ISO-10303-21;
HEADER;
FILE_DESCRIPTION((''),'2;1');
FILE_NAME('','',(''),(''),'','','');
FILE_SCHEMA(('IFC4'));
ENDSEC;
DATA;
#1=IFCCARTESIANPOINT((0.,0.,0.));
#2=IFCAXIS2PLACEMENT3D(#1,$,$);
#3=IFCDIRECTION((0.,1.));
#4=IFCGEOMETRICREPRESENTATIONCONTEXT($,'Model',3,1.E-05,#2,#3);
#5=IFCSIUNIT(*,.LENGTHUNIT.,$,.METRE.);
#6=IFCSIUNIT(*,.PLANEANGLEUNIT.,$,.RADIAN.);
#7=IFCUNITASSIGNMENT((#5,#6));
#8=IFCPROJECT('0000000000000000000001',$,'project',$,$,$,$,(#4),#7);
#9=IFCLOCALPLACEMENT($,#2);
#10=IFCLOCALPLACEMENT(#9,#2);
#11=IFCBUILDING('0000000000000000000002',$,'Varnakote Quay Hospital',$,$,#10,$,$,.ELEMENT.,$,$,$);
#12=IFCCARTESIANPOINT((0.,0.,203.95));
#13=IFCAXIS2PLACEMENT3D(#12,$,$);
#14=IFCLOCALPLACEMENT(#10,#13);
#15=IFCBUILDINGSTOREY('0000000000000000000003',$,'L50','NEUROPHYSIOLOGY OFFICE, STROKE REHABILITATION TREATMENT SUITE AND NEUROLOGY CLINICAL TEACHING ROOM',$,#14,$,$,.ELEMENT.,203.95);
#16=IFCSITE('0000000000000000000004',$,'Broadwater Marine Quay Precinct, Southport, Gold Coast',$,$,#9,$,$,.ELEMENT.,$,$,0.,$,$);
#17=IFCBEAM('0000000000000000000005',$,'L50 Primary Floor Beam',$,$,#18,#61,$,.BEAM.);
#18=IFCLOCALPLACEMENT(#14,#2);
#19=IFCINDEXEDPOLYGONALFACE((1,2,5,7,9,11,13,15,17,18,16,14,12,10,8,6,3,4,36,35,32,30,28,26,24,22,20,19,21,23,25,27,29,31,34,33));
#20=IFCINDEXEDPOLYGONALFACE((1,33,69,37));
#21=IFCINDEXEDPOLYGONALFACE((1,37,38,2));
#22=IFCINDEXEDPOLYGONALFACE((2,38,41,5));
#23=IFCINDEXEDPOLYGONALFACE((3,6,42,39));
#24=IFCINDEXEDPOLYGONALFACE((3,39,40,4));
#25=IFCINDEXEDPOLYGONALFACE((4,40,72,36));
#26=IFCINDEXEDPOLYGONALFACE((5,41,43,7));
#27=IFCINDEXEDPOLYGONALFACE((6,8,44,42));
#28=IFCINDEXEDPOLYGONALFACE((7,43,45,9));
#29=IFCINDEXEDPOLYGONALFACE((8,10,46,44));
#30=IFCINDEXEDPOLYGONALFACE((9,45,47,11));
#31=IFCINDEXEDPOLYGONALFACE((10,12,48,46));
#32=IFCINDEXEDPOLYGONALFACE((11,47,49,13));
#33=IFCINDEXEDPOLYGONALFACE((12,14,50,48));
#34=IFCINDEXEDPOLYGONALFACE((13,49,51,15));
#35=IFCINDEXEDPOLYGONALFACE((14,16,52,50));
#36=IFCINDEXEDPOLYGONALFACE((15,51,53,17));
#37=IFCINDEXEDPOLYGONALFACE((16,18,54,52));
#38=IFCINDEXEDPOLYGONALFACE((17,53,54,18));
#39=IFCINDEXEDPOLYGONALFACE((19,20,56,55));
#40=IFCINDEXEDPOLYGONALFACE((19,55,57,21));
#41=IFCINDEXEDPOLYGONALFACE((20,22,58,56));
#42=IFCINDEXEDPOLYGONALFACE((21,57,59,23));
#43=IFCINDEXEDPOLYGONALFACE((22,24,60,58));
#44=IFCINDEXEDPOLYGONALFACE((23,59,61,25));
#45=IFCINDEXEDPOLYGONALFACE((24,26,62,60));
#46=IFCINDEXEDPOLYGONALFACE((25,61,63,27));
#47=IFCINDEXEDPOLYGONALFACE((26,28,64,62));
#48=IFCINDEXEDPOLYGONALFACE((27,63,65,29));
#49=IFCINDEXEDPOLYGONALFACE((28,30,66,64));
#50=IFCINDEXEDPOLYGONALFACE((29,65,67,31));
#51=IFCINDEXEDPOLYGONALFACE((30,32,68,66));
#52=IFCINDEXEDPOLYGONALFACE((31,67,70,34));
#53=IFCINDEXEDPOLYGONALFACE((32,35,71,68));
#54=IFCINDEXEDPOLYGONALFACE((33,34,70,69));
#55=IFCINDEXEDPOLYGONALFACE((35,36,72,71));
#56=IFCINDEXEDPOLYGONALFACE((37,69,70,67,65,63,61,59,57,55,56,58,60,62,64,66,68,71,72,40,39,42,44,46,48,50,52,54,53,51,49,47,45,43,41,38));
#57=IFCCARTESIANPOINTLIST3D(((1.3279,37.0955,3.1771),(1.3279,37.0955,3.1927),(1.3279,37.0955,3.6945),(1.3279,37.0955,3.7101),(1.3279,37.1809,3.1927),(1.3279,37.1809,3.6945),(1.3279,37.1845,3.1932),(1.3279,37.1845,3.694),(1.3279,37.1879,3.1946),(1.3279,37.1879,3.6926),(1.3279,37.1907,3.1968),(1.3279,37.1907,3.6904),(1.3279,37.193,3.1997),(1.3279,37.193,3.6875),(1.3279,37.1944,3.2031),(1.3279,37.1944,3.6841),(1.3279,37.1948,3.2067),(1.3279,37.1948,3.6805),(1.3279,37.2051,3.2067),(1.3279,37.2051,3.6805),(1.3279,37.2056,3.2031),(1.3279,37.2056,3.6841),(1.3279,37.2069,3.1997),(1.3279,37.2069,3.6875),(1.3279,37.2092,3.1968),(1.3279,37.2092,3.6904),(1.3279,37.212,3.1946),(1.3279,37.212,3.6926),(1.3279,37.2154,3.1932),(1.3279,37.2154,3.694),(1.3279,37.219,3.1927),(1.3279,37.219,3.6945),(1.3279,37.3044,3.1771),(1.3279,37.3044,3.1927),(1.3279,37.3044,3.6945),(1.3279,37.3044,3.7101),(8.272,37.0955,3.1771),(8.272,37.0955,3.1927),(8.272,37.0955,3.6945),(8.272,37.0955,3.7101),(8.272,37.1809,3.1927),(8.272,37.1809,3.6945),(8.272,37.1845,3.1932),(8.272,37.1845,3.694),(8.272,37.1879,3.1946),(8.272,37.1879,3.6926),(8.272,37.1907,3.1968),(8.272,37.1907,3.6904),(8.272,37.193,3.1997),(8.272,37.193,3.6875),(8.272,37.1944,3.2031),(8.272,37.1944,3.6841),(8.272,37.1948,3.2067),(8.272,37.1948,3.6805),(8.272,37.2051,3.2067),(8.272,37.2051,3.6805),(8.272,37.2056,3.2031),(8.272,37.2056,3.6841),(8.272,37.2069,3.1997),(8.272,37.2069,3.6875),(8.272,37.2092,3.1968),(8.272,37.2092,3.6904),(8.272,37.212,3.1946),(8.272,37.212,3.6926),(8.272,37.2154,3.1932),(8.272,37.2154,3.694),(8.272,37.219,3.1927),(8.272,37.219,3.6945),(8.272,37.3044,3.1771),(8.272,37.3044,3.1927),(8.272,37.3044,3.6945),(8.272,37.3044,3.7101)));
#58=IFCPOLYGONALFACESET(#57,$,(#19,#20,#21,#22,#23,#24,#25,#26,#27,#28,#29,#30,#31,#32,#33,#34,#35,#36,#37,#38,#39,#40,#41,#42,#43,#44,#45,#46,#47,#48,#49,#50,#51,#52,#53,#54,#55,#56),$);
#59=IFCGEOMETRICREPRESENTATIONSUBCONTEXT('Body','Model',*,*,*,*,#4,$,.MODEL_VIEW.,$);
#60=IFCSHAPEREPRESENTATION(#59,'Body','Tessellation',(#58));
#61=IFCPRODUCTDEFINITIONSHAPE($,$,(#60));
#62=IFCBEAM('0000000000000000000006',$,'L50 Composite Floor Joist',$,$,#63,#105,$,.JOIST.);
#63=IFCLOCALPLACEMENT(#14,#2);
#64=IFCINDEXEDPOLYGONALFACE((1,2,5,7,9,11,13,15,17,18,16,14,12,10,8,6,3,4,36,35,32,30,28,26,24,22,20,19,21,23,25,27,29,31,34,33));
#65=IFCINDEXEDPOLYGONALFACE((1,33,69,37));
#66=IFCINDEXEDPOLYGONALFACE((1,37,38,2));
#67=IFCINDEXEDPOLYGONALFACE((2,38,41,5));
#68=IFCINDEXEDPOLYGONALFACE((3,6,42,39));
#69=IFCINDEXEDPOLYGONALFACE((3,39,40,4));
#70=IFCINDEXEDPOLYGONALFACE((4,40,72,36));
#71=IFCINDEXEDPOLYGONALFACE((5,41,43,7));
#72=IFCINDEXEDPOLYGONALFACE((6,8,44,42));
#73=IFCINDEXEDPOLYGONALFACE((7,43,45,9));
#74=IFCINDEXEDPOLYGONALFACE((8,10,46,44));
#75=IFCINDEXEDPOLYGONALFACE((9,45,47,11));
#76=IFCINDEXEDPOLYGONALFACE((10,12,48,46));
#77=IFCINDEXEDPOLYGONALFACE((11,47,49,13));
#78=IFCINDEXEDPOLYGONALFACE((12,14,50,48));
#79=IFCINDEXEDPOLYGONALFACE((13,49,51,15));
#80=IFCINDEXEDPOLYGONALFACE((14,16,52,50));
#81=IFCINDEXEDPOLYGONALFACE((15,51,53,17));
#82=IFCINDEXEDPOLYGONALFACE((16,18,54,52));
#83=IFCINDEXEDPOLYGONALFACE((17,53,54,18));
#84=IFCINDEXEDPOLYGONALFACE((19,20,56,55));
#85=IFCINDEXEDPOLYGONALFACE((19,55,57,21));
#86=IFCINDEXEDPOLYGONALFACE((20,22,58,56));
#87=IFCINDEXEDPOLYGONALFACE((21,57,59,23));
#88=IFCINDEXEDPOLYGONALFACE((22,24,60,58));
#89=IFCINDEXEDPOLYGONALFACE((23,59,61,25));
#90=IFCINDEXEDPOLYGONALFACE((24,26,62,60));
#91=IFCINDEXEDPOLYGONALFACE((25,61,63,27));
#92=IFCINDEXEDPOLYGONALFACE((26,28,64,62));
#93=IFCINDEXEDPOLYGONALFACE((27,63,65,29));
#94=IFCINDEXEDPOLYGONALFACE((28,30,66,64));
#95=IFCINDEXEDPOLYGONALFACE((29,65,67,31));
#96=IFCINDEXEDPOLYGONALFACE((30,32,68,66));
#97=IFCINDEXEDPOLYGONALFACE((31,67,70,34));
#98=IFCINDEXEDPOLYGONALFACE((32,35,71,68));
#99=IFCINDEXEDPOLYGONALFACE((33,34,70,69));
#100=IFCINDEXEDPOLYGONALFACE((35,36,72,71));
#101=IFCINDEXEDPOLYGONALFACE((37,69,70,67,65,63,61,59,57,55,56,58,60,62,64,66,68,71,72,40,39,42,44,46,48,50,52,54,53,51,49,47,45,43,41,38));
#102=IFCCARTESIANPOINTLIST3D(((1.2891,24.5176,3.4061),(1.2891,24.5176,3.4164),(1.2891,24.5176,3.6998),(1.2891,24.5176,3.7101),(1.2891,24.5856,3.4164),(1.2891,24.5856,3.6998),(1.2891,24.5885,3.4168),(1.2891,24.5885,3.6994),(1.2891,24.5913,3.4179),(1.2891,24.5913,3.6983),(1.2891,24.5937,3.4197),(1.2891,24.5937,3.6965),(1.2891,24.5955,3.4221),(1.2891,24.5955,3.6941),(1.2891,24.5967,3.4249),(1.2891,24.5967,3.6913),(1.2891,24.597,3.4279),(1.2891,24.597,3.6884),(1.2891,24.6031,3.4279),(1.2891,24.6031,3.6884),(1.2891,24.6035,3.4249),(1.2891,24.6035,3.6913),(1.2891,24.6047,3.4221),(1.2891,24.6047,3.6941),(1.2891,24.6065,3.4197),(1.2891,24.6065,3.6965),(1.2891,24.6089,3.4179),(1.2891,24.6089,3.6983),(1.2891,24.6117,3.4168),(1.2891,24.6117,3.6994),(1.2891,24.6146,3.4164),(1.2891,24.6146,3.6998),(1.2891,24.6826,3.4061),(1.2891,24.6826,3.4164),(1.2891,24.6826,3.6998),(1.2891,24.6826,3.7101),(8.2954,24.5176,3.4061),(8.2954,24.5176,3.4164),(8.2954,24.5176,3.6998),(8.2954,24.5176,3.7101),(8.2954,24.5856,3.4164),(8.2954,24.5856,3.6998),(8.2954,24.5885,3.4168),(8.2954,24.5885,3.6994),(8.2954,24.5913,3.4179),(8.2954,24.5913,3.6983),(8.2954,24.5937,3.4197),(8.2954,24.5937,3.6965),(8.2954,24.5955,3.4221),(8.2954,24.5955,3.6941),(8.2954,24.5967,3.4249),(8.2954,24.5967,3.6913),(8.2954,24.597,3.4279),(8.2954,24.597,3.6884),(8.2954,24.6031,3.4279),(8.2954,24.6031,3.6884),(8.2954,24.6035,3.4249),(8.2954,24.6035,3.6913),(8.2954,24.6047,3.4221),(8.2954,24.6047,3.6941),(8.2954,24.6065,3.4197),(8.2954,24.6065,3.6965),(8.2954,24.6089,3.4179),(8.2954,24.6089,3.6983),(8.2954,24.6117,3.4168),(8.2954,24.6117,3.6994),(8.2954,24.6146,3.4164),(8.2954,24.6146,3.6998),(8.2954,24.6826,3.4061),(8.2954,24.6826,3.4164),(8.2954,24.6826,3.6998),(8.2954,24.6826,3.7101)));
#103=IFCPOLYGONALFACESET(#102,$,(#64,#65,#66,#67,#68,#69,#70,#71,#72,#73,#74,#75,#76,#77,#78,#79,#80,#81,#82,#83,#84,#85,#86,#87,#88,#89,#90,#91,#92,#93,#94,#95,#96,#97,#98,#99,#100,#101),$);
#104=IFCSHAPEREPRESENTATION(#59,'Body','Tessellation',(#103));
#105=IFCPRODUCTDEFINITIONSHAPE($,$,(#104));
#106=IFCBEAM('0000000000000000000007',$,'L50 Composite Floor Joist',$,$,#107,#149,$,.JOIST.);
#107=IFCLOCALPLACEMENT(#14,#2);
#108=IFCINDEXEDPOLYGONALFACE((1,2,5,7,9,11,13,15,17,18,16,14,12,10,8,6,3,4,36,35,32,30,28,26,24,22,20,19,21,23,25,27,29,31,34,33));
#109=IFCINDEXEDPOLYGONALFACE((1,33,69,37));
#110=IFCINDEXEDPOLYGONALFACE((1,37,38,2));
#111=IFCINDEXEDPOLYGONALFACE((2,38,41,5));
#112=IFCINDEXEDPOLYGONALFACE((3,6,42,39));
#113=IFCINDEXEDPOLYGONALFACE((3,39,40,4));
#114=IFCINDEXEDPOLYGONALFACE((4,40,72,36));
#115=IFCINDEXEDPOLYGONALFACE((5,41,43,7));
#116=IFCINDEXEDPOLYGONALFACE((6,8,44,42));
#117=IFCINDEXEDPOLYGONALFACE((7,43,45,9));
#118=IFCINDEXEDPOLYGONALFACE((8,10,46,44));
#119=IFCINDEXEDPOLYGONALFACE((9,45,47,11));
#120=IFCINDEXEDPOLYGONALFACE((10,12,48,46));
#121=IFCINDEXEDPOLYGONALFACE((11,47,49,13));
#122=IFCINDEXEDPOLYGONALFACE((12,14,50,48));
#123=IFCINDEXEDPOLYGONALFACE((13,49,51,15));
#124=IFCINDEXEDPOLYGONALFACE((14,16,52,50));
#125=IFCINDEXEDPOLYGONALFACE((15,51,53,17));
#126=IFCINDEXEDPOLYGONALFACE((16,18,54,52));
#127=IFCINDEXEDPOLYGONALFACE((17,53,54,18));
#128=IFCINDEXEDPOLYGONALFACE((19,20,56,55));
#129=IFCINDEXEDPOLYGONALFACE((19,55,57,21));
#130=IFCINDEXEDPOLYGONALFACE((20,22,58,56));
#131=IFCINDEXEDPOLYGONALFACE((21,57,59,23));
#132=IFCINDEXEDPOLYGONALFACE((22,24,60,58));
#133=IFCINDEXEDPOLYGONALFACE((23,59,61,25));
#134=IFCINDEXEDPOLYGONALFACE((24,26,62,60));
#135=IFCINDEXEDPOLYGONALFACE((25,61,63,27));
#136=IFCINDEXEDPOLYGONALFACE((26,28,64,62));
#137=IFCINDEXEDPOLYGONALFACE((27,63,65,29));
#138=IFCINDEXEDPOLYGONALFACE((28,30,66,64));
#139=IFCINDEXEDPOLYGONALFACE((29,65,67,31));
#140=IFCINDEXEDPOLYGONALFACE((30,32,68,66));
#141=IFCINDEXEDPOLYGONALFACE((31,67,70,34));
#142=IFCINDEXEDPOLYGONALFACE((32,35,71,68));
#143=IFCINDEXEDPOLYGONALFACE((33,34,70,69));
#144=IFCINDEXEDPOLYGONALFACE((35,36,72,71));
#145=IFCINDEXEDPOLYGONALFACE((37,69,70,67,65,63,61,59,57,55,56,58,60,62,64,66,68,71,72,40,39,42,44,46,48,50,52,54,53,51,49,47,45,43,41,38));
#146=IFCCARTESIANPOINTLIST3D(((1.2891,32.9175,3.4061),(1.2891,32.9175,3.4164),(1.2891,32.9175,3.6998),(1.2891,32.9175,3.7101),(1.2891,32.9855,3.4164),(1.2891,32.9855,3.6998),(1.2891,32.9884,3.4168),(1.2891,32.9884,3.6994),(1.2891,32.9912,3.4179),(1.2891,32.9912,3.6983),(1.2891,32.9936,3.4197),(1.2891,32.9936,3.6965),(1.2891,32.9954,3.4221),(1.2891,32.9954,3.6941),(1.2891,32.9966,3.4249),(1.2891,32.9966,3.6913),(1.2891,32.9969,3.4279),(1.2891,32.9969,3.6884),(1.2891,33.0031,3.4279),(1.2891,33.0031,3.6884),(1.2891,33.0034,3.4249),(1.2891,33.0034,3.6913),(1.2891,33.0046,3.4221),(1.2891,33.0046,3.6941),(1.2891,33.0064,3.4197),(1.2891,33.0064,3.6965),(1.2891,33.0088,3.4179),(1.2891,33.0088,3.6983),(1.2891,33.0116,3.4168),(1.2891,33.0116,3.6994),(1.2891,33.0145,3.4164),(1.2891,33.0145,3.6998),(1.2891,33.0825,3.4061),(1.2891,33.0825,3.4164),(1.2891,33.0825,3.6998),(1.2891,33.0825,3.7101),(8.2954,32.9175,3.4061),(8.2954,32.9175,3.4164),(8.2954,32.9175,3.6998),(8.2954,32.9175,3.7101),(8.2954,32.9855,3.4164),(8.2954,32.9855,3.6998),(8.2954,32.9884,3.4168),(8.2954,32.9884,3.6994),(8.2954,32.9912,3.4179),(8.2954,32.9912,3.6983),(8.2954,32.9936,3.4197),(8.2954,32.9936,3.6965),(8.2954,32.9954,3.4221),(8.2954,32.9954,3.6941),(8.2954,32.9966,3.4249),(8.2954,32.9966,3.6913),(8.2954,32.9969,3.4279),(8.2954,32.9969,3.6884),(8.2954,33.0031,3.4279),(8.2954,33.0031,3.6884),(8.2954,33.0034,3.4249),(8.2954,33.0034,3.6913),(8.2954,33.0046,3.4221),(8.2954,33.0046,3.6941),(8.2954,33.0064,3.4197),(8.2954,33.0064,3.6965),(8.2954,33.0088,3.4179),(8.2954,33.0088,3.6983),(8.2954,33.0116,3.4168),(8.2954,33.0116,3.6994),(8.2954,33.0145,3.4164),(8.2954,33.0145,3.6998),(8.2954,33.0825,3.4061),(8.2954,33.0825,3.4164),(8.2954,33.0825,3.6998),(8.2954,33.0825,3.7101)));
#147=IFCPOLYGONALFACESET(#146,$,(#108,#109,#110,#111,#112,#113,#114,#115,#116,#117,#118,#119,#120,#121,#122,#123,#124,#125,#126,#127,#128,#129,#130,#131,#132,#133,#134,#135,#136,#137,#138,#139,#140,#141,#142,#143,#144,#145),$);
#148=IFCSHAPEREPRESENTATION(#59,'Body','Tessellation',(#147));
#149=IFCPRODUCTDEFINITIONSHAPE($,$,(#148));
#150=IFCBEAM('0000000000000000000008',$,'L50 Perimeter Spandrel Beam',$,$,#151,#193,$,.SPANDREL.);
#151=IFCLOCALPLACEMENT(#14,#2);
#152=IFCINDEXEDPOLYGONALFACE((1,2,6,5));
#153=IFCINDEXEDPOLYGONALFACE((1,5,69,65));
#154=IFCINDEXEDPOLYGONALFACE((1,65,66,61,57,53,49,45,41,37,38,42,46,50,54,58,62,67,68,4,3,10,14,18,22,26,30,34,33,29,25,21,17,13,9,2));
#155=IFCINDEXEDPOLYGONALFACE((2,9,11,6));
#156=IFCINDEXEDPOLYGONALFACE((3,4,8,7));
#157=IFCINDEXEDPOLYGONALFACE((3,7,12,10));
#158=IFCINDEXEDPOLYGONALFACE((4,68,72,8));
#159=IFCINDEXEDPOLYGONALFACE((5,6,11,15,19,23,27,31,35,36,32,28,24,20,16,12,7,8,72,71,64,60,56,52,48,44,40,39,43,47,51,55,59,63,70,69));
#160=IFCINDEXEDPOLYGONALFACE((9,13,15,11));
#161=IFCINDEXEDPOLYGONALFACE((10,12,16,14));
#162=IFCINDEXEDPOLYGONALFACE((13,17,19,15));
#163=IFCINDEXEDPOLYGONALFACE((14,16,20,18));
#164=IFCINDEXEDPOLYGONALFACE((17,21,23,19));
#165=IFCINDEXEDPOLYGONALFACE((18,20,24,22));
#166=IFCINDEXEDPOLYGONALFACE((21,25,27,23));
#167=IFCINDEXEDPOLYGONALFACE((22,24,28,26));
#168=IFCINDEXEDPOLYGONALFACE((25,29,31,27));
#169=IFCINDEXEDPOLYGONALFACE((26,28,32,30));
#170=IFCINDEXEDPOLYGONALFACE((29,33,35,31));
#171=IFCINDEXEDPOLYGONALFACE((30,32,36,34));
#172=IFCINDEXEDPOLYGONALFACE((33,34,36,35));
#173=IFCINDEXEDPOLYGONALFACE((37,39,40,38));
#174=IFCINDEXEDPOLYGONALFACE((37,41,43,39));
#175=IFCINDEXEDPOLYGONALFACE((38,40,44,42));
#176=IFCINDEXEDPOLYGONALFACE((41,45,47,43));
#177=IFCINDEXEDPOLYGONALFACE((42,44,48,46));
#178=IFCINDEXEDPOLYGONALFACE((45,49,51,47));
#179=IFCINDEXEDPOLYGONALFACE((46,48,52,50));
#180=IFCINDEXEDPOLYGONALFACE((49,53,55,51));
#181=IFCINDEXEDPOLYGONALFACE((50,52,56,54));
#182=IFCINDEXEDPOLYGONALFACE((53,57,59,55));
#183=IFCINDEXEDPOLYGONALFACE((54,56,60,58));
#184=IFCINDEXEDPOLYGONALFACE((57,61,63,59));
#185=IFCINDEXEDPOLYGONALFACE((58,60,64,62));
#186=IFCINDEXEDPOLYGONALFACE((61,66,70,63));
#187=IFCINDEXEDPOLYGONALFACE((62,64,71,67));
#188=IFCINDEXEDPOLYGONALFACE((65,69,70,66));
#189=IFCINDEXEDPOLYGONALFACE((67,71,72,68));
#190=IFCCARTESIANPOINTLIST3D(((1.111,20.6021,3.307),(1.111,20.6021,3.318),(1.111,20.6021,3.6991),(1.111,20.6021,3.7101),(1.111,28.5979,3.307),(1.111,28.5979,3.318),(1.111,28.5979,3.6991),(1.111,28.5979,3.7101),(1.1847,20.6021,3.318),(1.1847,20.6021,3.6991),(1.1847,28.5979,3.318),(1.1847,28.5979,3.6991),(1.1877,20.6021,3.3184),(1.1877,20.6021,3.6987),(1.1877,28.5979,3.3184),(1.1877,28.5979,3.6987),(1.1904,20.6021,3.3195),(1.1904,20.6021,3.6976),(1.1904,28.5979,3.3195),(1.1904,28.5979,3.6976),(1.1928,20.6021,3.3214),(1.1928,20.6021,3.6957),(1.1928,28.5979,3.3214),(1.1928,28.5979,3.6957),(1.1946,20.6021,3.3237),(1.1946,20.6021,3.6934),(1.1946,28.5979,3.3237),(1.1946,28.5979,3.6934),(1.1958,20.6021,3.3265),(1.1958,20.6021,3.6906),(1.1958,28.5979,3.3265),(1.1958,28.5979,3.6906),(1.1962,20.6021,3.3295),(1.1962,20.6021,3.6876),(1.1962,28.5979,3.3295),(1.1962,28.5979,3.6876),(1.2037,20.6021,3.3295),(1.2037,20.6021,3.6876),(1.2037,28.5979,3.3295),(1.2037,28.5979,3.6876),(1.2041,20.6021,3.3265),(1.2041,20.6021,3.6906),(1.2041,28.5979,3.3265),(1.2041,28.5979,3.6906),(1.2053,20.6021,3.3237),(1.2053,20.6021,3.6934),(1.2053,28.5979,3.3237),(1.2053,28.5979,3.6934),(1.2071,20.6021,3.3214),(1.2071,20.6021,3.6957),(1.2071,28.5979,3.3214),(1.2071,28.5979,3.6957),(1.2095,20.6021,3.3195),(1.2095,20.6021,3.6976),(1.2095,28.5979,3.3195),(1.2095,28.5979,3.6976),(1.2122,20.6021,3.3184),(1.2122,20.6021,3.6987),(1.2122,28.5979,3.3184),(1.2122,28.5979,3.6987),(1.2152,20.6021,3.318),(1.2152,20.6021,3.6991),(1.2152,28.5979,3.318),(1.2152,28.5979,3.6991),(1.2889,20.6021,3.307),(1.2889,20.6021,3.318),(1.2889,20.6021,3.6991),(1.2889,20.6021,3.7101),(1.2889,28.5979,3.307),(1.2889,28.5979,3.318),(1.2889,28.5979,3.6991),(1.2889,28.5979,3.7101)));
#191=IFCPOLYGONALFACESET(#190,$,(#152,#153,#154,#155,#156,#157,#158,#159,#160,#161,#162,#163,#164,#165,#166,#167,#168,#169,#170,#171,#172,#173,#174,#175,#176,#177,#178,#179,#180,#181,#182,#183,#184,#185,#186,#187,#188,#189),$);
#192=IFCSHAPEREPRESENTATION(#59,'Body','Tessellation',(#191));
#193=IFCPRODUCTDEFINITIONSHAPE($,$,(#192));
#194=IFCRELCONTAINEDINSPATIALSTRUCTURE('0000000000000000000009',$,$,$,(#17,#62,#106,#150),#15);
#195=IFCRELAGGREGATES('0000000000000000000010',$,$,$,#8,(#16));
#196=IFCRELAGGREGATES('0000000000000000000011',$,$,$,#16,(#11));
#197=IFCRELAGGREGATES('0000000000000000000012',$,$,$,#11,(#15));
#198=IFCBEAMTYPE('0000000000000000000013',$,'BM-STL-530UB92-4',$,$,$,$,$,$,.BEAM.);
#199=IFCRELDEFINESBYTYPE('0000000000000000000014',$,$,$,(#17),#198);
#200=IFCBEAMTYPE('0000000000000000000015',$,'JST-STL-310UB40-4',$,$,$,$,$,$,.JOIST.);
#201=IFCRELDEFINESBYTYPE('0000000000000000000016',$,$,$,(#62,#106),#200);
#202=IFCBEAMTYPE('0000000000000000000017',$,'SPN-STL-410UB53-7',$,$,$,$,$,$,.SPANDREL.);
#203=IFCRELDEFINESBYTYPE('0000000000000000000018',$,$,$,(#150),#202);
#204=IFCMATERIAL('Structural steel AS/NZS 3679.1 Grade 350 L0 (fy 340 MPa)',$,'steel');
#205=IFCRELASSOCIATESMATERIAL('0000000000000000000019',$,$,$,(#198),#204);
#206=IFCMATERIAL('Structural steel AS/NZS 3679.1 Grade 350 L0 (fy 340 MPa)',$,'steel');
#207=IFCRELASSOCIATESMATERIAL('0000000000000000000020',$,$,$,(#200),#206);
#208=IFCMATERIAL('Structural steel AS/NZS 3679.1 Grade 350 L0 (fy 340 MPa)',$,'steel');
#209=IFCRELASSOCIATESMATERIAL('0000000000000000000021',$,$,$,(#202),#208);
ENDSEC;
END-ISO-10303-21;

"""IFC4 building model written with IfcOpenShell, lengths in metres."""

from ifc_helpers import new_model, si_unit, direction, frame, origin, origin_2d, place, context, subcontext, project, spatial, i_section, extrude, material, material_profile, profile_set, type_object, element, save


model = new_model("IFC4")

# Units and contexts
model_context = context("Model", 3, precision=1e-05, world=origin(), true_north=direction((0.0, 1.0)))
body_context = subcontext(model_context, "Body", "Model", "MODEL_VIEW")
ifc_project = project(units=[si_unit("LENGTHUNIT", "METRE"), si_unit("PLANEANGLEUNIT", "RADIAN")], contexts=[model_context])

# Site, building, storey
site_placement = place(None, origin())
site = spatial("IfcSite", under=ifc_project, at=site_placement, Name="Broadwater Marine Quay Precinct, Southport, Gold Coast", CompositionType="ELEMENT", RefElevation=0.0)
building_placement = place(site_placement, origin())
building = spatial("IfcBuilding", under=site, at=building_placement, Name="Varnakote Quay Hospital", CompositionType="ELEMENT")
storey_placement = place(building_placement, frame((0.0, 0.0, 203.95)))
storey = spatial("IfcBuildingStorey", under=building, at=storey_placement, Name="L50", Description="NEUROPHYSIOLOGY OFFICE, STROKE REHABILITATION TREATMENT SUITE AND NEUROLOGY CLINICAL TEACHING ROOM", CompositionType="ELEMENT", Elevation=203.95)

# Beams
ifc_material_1 = material(Name="Structural steel AS/NZS 3679.1 Grade 350 L0 (fy 340 MPa)", Category="steel")
ifc_material_profile_1 = material_profile(ifc_material_1, i_section(OverallWidth=0.209, OverallDepth=0.533, WebThickness=0.0103, FlangeThickness=0.0156, FilletRadius=0.0139, at=origin_2d()), Name="530UB92.4")
ifc_profile_set_1 = profile_set([ifc_material_profile_1], Name="Structural steel AS/NZS 3679.1 Grade 350 L0 (fy 340 MPa)")
beam_type_1 = type_object("IfcBeamType", Name="BM-STL-530UB92-4", PredefinedType="BEAM", material=ifc_profile_set_1)
beam_1_placement = place(storey_placement, frame((1.3279, 37.2, 3.4436), z_axis=(1.0, 0.0, 0.0), x_axis=(0.0, 1.0, 0.0)))
element("IfcBeam", 1, at=beam_1_placement, inside=storey, type_object=beam_type_1, Name="L50 Primary Floor Beam", PredefinedType="BEAM", context=body_context, shape_type="SweptSolid", body=[
    extrude(i_section(OverallWidth=0.209, OverallDepth=0.533, WebThickness=0.0103, FlangeThickness=0.0156, FilletRadius=0.0139, at=origin_2d()), origin(), (0.0, 0.0, 1.0), 6.9441),
])
ifc_material_2 = material(Name="Structural steel AS/NZS 3679.1 Grade 350 L0 (fy 340 MPa)", Category="steel")
ifc_material_profile_2 = material_profile(ifc_material_2, i_section(OverallWidth=0.165, OverallDepth=0.304, WebThickness=0.0061, FlangeThickness=0.0103, FilletRadius=0.0115, at=origin_2d()), Name="310UB40.4")
ifc_profile_set_2 = profile_set([ifc_material_profile_2], Name="Structural steel AS/NZS 3679.1 Grade 350 L0 (fy 340 MPa)")
beam_type_2 = type_object("IfcBeamType", Name="JST-STL-310UB40-4", PredefinedType="JOIST", material=ifc_profile_set_2)
for number, where, z_axis, x_axis, name in (
    (2, (1.2891, 24.6001, 3.5581), (1.0, 0.0, 0.0), (0.0, 1.0, 0.0), "L50 Composite Floor Joist"),
    (3, (1.2891, 33.0, 3.5581), (1.0, 0.0, 0.0), (0.0, 1.0, 0.0), "L50 Composite Floor Joist"),
):
    element("IfcBeam", number, at=place(storey_placement, frame(where, z_axis=z_axis, x_axis=x_axis)), inside=storey, type_object=beam_type_2, Name=name, PredefinedType="JOIST", context=body_context, shape_type="SweptSolid", body=[
        extrude(i_section(OverallWidth=0.165, OverallDepth=0.304, WebThickness=0.0061, FlangeThickness=0.0103, FilletRadius=0.0115, at=origin_2d()), origin(), (0.0, 0.0, 1.0), 7.0063),
    ])
ifc_material_3 = material(Name="Structural steel AS/NZS 3679.1 Grade 350 L0 (fy 340 MPa)", Category="steel")
ifc_material_profile_3 = material_profile(ifc_material_3, i_section(OverallWidth=0.178, OverallDepth=0.4031, WebThickness=0.0076, FlangeThickness=0.011, FilletRadius=0.0115, at=origin_2d()), Name="410UB53.7")
ifc_profile_set_3 = profile_set([ifc_material_profile_3], Name="Structural steel AS/NZS 3679.1 Grade 350 L0 (fy 340 MPa)")
beam_type_3 = type_object("IfcBeamType", Name="SPN-STL-410UB53-7", PredefinedType="SPANDREL", material=ifc_profile_set_3)
beam_2_placement = place(storey_placement, frame((1.2, 20.6021, 3.5085), z_axis=(0.0, 1.0, 0.0), x_axis=(-1.0, 0.0, 0.0)))
element("IfcBeam", 4, at=beam_2_placement, inside=storey, type_object=beam_type_3, Name="L50 Perimeter Spandrel Beam", PredefinedType="SPANDREL", context=body_context, shape_type="SweptSolid", body=[
    extrude(i_section(OverallWidth=0.178, OverallDepth=0.4031, WebThickness=0.0076, FlangeThickness=0.011, FilletRadius=0.0115, at=origin_2d()), origin(), (0.0, 0.0, 1.0), 7.9958),
])

save(model, "model.ifc")
